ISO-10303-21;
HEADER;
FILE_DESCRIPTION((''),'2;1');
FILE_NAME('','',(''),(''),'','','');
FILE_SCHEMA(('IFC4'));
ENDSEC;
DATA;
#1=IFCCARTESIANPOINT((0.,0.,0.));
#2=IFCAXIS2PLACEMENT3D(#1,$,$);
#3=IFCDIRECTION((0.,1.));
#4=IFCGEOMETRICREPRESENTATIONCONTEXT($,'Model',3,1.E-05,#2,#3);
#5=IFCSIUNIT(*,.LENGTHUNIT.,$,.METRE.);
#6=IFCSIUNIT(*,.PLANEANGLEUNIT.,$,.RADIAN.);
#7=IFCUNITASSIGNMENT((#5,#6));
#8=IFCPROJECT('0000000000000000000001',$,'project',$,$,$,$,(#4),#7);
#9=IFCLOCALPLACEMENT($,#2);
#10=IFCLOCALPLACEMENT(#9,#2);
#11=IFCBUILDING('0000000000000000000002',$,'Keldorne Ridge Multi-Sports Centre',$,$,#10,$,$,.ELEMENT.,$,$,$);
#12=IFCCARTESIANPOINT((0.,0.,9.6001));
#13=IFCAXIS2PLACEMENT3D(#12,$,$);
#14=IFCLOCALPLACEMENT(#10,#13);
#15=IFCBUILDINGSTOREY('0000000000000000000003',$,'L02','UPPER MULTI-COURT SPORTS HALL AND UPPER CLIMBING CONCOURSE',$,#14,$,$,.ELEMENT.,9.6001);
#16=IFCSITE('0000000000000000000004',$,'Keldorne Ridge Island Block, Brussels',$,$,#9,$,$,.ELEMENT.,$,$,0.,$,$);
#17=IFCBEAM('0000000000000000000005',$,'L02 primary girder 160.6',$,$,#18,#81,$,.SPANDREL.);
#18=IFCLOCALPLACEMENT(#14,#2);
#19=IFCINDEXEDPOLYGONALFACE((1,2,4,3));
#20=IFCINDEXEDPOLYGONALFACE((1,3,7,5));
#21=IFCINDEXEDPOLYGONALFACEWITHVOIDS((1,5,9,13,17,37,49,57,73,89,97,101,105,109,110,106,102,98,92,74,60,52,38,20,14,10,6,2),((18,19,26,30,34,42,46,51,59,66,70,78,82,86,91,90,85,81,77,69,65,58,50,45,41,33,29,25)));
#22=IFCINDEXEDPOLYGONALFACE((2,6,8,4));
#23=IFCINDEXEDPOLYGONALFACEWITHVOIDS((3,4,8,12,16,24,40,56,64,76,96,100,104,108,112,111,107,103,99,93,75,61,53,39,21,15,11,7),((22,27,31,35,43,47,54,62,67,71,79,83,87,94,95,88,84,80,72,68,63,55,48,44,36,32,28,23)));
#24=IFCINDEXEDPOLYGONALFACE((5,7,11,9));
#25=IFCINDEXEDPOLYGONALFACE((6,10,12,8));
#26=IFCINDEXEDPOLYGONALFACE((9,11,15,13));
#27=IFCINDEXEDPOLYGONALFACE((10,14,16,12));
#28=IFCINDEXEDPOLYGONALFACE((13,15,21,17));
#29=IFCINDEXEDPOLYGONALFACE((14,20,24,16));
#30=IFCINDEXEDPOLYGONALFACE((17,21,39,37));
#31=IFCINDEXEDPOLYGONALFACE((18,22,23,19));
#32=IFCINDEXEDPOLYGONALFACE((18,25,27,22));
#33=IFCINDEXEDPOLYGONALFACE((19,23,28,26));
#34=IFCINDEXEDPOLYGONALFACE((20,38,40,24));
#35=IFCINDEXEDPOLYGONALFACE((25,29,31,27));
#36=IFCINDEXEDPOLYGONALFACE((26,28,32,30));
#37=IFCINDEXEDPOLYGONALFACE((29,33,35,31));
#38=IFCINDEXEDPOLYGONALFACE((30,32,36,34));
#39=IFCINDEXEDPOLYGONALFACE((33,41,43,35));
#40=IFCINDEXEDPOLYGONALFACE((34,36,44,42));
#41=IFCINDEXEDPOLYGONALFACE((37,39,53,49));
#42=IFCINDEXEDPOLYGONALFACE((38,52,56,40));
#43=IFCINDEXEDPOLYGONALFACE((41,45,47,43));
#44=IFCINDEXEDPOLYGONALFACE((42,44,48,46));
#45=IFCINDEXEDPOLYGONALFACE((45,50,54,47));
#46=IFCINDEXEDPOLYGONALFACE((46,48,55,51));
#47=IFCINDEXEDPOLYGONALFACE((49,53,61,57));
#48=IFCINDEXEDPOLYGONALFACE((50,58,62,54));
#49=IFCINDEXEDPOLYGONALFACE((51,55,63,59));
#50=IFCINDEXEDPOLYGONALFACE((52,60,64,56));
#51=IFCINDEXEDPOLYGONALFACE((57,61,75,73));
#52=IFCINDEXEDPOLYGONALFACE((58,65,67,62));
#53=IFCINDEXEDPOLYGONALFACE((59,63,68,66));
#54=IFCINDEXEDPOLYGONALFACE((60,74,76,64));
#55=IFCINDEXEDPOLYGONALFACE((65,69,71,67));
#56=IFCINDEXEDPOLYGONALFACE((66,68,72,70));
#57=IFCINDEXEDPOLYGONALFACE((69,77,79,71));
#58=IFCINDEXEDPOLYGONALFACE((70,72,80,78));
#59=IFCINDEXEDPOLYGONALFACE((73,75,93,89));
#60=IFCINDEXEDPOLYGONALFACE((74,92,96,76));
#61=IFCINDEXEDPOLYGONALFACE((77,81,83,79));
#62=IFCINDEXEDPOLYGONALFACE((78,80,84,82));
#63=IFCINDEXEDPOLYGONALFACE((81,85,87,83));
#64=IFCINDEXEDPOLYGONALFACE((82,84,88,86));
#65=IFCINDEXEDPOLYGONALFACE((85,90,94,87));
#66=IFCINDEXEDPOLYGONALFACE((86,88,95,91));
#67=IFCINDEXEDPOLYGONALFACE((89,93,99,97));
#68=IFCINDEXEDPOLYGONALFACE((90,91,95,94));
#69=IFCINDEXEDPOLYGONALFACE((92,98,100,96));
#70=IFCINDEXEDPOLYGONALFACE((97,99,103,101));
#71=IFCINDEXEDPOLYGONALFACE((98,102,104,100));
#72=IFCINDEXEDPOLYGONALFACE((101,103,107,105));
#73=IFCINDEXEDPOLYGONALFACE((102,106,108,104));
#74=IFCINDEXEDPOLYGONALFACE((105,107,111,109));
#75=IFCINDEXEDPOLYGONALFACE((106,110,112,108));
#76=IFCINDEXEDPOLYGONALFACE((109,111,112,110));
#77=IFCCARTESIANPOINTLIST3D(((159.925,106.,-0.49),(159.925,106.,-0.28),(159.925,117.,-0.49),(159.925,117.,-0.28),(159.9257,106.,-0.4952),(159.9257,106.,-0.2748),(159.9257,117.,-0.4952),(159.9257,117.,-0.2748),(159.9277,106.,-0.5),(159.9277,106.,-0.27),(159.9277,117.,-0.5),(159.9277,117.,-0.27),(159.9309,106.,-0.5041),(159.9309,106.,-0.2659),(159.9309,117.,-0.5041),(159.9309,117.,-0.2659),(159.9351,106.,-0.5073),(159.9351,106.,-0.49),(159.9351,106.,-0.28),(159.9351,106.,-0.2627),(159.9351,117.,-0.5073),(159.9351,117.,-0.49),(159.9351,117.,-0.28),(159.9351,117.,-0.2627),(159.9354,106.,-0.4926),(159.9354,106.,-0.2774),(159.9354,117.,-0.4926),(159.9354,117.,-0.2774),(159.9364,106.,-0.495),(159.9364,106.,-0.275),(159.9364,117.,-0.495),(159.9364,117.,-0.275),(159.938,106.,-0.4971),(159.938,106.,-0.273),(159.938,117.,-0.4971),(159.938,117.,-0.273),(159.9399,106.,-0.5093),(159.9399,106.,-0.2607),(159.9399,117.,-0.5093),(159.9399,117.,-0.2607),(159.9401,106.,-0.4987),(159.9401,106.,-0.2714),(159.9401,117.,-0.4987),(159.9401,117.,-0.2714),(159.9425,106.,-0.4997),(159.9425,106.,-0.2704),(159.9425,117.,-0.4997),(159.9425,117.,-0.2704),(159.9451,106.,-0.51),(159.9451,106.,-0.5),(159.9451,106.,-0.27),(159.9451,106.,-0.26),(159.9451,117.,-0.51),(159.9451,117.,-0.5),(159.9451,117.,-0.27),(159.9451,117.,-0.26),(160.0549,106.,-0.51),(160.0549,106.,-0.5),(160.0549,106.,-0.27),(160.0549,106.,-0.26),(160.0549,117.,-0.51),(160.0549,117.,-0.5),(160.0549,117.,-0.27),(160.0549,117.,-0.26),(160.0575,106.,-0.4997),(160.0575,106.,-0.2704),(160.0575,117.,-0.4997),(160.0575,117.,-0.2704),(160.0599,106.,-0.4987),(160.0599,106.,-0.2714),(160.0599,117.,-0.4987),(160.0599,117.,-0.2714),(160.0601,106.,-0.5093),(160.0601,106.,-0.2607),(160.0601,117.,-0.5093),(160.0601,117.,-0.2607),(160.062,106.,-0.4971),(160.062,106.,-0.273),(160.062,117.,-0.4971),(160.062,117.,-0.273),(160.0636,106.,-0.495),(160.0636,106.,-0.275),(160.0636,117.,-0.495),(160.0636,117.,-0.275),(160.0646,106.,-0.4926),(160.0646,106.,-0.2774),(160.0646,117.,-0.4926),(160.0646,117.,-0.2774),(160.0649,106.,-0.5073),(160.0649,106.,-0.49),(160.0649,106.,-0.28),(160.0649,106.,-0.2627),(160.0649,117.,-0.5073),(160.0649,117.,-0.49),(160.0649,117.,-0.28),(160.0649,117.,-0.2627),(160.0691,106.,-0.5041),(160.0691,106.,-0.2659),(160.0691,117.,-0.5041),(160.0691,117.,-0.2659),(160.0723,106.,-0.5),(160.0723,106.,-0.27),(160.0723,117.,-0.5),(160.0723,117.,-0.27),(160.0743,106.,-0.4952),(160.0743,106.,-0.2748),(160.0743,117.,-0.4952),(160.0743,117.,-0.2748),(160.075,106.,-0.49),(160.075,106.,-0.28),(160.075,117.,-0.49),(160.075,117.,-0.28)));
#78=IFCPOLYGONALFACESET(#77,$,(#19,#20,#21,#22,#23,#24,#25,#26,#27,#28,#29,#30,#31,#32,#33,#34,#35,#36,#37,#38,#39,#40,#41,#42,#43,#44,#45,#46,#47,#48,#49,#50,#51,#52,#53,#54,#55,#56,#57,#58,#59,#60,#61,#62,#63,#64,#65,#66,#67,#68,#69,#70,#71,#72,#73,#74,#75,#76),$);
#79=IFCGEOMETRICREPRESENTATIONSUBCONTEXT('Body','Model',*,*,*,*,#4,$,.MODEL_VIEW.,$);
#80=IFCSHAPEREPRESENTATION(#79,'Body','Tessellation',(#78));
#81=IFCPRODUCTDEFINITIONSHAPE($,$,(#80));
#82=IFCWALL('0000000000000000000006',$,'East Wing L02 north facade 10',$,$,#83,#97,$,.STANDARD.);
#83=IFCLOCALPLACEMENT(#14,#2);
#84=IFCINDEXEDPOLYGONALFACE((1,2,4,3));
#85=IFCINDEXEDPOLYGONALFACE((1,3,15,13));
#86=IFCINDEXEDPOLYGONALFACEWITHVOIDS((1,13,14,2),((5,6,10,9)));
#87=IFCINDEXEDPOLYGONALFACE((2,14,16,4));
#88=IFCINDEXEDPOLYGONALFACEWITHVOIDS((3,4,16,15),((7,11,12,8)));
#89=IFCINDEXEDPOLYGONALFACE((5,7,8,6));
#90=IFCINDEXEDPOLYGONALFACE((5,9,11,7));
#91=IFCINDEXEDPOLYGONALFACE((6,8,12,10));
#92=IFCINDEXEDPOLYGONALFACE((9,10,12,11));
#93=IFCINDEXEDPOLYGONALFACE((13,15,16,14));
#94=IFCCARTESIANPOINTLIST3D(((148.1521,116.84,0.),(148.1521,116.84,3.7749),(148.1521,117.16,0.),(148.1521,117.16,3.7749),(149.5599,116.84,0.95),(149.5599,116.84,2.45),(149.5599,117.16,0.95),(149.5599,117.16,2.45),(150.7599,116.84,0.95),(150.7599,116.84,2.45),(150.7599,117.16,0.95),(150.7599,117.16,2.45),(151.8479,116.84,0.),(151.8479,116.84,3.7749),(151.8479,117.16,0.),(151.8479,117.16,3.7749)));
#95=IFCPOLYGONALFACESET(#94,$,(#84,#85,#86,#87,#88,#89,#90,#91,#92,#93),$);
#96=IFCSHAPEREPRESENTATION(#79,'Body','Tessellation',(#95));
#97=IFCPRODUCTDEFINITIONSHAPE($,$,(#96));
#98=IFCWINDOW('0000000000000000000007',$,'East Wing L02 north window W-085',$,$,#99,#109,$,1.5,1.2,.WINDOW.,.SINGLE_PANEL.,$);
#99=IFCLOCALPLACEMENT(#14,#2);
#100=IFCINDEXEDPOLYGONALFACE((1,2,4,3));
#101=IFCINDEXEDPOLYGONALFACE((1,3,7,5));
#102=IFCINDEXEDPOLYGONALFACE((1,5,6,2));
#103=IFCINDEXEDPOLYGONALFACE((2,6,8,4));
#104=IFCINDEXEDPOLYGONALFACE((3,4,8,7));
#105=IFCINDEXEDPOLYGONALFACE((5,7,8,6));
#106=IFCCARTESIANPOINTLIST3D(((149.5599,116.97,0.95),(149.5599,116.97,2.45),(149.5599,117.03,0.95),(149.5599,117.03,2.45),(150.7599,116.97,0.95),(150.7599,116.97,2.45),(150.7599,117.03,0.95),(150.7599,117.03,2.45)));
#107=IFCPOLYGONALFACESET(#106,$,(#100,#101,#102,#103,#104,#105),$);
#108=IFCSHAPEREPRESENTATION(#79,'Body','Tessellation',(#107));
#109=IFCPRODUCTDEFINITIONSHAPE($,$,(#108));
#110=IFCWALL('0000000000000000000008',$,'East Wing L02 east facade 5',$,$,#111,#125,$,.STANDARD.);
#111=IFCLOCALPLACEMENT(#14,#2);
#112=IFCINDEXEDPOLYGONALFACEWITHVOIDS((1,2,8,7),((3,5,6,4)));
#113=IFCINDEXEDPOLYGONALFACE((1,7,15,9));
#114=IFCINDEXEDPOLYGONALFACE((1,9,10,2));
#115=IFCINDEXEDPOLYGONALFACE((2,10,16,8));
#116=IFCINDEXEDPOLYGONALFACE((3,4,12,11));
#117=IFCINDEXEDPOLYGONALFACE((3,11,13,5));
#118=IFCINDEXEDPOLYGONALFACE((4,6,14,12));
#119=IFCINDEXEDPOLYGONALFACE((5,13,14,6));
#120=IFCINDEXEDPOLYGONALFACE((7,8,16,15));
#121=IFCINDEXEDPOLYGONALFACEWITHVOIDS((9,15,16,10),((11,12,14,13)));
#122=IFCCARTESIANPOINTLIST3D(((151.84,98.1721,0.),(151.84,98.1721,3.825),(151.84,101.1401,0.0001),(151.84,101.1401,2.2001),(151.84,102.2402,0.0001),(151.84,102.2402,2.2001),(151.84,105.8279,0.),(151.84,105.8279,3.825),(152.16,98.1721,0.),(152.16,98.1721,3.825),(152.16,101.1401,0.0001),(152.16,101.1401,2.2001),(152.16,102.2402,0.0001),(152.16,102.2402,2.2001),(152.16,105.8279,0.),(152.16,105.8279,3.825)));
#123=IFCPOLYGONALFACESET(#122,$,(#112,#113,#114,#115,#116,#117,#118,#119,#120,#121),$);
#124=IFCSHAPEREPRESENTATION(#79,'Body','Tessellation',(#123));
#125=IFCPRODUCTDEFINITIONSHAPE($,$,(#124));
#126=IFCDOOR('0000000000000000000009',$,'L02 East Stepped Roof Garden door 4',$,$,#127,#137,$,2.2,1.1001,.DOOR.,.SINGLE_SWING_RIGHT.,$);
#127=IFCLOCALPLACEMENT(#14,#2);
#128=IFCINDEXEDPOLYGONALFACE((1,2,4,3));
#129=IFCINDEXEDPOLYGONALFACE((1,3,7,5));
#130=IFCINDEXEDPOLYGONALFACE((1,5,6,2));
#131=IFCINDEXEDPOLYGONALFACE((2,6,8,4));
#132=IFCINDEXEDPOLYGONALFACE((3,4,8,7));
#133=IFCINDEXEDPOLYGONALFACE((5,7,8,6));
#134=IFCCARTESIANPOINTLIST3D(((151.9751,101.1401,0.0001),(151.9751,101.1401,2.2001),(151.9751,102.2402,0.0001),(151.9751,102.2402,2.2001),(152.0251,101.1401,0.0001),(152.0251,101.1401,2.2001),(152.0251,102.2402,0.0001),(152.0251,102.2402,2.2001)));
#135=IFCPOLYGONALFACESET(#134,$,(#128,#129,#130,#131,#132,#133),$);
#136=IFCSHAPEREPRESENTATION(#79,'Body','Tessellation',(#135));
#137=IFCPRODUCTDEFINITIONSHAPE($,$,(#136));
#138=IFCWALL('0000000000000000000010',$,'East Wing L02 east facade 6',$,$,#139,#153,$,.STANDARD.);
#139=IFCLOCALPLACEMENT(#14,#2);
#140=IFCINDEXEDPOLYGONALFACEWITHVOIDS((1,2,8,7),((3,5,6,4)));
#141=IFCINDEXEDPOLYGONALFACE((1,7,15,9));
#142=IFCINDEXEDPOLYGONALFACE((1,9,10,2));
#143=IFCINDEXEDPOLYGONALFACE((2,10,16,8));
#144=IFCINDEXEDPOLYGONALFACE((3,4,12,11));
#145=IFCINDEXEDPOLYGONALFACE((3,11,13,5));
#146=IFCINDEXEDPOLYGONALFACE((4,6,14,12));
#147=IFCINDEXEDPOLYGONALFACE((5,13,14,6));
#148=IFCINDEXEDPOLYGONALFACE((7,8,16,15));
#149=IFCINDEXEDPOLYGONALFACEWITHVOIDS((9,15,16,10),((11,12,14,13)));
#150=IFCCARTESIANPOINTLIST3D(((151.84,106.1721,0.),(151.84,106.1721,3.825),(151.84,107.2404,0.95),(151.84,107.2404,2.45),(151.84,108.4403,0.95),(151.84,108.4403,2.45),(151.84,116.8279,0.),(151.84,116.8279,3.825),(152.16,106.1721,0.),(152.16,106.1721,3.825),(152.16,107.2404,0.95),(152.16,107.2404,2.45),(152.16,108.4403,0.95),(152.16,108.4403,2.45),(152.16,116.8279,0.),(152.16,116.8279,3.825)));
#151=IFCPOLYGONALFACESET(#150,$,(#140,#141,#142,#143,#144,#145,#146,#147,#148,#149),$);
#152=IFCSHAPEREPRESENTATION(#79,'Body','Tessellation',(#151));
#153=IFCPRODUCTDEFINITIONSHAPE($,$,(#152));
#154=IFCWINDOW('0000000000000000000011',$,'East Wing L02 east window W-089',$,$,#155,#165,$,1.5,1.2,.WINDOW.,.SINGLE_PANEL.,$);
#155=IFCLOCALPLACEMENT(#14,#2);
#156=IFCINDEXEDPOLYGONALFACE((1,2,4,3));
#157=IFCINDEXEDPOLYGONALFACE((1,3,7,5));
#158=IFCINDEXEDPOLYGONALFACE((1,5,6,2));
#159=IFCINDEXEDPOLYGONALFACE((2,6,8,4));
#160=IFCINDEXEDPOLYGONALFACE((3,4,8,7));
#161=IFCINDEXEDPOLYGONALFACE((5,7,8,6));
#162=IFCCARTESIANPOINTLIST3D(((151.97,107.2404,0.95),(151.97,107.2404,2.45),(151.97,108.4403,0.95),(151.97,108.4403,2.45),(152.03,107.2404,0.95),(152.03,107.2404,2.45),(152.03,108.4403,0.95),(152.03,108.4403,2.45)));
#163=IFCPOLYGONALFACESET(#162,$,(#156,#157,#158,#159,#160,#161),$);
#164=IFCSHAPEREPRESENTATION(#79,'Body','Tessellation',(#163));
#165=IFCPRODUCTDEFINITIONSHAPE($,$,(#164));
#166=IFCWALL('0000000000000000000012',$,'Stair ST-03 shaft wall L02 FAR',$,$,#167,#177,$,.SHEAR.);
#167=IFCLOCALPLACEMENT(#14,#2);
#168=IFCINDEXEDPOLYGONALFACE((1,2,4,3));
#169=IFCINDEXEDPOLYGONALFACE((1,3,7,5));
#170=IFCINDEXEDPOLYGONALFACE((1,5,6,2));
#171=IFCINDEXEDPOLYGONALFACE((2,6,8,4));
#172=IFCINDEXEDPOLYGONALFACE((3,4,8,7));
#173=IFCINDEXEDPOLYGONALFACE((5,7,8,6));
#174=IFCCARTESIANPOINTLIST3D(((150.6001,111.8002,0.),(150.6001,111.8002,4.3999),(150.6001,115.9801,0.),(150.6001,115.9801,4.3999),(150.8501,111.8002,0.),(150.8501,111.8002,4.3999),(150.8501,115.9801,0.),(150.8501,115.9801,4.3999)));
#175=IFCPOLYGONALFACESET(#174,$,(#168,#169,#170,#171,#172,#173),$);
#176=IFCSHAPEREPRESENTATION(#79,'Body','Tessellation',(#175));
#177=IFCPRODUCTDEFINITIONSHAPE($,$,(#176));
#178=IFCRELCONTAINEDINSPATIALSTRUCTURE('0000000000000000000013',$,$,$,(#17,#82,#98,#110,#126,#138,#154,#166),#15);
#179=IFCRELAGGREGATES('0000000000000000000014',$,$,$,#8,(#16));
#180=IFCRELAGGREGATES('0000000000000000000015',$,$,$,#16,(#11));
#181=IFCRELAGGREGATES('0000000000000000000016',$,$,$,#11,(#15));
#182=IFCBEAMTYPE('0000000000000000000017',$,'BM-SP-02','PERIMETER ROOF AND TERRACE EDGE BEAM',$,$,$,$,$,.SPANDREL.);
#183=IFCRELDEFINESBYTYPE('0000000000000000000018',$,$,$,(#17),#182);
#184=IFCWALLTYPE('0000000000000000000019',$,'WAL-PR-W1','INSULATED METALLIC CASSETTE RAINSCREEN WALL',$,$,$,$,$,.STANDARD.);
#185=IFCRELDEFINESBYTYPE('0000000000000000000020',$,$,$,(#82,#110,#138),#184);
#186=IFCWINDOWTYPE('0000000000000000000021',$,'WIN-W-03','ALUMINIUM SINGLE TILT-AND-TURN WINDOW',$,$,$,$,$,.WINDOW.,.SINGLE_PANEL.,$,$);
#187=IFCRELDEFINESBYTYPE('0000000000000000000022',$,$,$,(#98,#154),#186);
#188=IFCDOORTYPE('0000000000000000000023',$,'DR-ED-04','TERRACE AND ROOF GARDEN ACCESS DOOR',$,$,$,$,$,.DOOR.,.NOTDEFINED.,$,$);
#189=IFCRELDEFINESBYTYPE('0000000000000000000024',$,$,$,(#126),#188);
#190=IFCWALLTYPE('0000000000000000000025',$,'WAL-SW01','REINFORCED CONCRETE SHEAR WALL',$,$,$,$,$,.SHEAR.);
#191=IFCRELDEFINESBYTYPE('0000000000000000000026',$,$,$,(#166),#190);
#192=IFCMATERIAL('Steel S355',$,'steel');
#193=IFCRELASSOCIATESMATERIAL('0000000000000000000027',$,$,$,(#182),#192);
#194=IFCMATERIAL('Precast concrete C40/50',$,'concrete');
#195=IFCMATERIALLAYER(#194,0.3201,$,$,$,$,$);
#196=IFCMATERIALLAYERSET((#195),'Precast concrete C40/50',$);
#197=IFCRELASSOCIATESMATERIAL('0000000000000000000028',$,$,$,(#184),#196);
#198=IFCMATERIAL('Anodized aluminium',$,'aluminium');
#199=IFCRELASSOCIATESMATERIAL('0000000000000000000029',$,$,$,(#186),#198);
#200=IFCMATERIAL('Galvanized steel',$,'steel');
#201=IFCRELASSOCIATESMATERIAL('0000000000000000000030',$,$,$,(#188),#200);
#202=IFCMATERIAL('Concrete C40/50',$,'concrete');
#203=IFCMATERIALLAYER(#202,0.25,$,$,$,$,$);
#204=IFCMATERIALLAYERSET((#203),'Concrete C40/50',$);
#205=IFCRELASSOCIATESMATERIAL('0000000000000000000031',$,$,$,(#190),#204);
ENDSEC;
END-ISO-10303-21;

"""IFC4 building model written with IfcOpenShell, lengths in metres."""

from ifc_helpers import new_model, si_unit, direction, frame, frame_2d, origin, origin_2d, place, context, subcontext, project, spatial, rectangle, hollow_rectangle, extrude, material, layer, layer_set, material_profile, profile_set, type_object, element, fill, save


model = new_model("IFC4")

# Units and contexts
model_context = context("Model", 3, precision=1e-05, world=origin(), true_north=direction((0.0, 1.0)))
body_context = subcontext(model_context, "Body", "Model", "MODEL_VIEW")
ifc_project = project(units=[si_unit("LENGTHUNIT", "METRE"), si_unit("PLANEANGLEUNIT", "RADIAN")], contexts=[model_context])

# Site, building, storey
site_placement = place(None, origin())
site = spatial("IfcSite", under=ifc_project, at=site_placement, Name="Keldorne Ridge Island Block, Brussels", CompositionType="ELEMENT", RefElevation=0.0)
building_placement = place(site_placement, origin())
building = spatial("IfcBuilding", under=site, at=building_placement, Name="Keldorne Ridge Multi-Sports Centre", CompositionType="ELEMENT")
storey_placement = place(building_placement, frame((0.0, 0.0, 9.6001)))
storey = spatial("IfcBuildingStorey", under=building, at=storey_placement, Name="L02", Description="UPPER MULTI-COURT SPORTS HALL AND UPPER CLIMBING CONCOURSE", CompositionType="ELEMENT", Elevation=9.6001)

# Shared definitions
ifc_material_1 = material(Name="Steel S355", Category="steel")

# Beam
ifc_material_profile_1 = material_profile(ifc_material_1, hollow_rectangle(XDim=0.1499, YDim=0.25, WallThickness=0.01, InnerFilletRadius=0.01, OuterFilletRadius=0.02, at=origin_2d()), Name="RHS 250x150x10")
ifc_profile_set_1 = profile_set([ifc_material_profile_1], Name="Steel S355")
beam_type_1 = type_object("IfcBeamType", Name="BM-SP-02", Description="PERIMETER ROOF AND TERRACE EDGE BEAM", PredefinedType="SPANDREL", material=ifc_profile_set_1)
beam_1_placement = place(storey_placement, frame((160.0, 106.0, -0.385), z_axis=(0.0, 1.0, 0.0), x_axis=(-1.0, 0.0, 0.0)))
element("IfcBeam", 1, at=beam_1_placement, inside=storey, type_object=beam_type_1, Name="L02 primary girder 160.6", PredefinedType="SPANDREL", context=body_context, shape_type="SweptSolid", body=[
    extrude(hollow_rectangle(XDim=0.1499, YDim=0.25, WallThickness=0.01, InnerFilletRadius=0.01, OuterFilletRadius=0.02, at=origin_2d()), origin(), (0.0, 0.0, 1.0), 11.0),
])

# Wall, opening, window
ifc_material_2 = material(Name="Precast concrete C40/50", Category="concrete")
ifc_layer_1 = layer(ifc_material_2, 0.3201)
ifc_layer_set_1 = layer_set([ifc_layer_1], Name="Precast concrete C40/50")
wall_type_1 = type_object("IfcWallType", Name="WAL-PR-W1", Description="INSULATED METALLIC CASSETTE RAINSCREEN WALL", PredefinedType="STANDARD", material=ifc_layer_set_1)
wall_1_placement = place(storey_placement, frame((151.8479, 117.0, 0.0), z_axis=(0.0, 0.0, 1.0), x_axis=(-1.0, 0.0, 0.0)))
wall_1 = element("IfcWall", 2, at=wall_1_placement, inside=storey, type_object=wall_type_1, Name="East Wing L02 north facade 10", PredefinedType="STANDARD", context=body_context, shape_type="SweptSolid", body=[
    extrude(rectangle(XDim=3.6958, YDim=0.3201, at=frame_2d((1.8479, 0.0))), origin(), (0.0, 0.0, 1.0), 3.7749),
])
opening_1_placement = place(wall_1_placement, frame((1.0879, 0.0, 0.95)))
opening_1 = element("IfcOpeningElement", 3, at=opening_1_placement, cuts=wall_1, PredefinedType="OPENING", context=body_context, shape_type="SweptSolid", body=[
    extrude(rectangle(XDim=1.2, YDim=1.5, at=frame_2d((0.6001, 0.75))), frame((0.0, 0.1699, 0.0), z_axis=(0.0, -1.0, 0.0), x_axis=(1.0, 0.0, 0.0)), (0.0, 0.0, 1.0), 0.3401),
])
ifc_material_3 = material(Name="Anodized aluminium", Category="aluminium")
window_type = type_object("IfcWindowType", Name="WIN-W-03", Description="ALUMINIUM SINGLE TILT-AND-TURN WINDOW", PartitioningType="SINGLE_PANEL", PredefinedType="WINDOW", material=ifc_material_3)
window_1_placement = place(opening_1_placement, origin())
window_1 = element("IfcWindow", 4, at=window_1_placement, inside=storey, type_object=window_type, Name="East Wing L02 north window W-085", OverallHeight=1.5, OverallWidth=1.2, PartitioningType="SINGLE_PANEL", PredefinedType="WINDOW", context=body_context, shape_type="SweptSolid", body=[
    extrude(rectangle(XDim=1.2, YDim=1.5, at=frame_2d((0.6001, 0.75))), frame((0.0, 0.03, 0.0), z_axis=(0.0, -1.0, 0.0), x_axis=(1.0, 0.0, 0.0)), (0.0, 0.0, 1.0), 0.0601),
])
fill(opening_1, window_1)

# Wall, opening, door
wall_2_placement = place(storey_placement, frame((152.0, 98.1721, 0.0), z_axis=(0.0, 0.0, 1.0), x_axis=(0.0, 1.0, 0.0)))
wall_2 = element("IfcWall", 5, at=wall_2_placement, inside=storey, type_object=wall_type_1, Name="East Wing L02 east facade 5", PredefinedType="STANDARD", context=body_context, shape_type="SweptSolid", body=[
    extrude(rectangle(XDim=7.6558, YDim=0.3201, at=frame_2d((3.8279, 0.0))), origin(), (0.0, 0.0, 1.0), 3.825),
])
opening_2_placement = place(wall_2_placement, frame((2.968, 0.0, 0.0)))
opening_2 = element("IfcOpeningElement", 6, at=opening_2_placement, cuts=wall_2, PredefinedType="OPENING", context=body_context, shape_type="SweptSolid", body=[
    extrude(rectangle(XDim=1.1001, YDim=2.2, at=frame_2d((0.55, 1.1001))), frame((0.0, 0.1699, 0.0), z_axis=(0.0, -1.0, 0.0), x_axis=(1.0, 0.0, 0.0)), (0.0, 0.0, 1.0), 0.3401),
])
ifc_material_4 = material(Name="Galvanized steel", Category="steel")
door_type = type_object("IfcDoorType", Name="DR-ED-04", Description="TERRACE AND ROOF GARDEN ACCESS DOOR", OperationType="NOTDEFINED", PredefinedType="DOOR", material=ifc_material_4)
door_placement = place(opening_2_placement, origin())
door = element("IfcDoor", 7, at=door_placement, inside=storey, type_object=door_type, Name="L02 East Stepped Roof Garden door 4", OperationType="SINGLE_SWING_RIGHT", OverallHeight=2.2, OverallWidth=1.1001, PredefinedType="DOOR", context=body_context, shape_type="SweptSolid", body=[
    extrude(rectangle(XDim=1.1001, YDim=2.2, at=frame_2d((0.55, 1.1001))), frame((0.0, 0.0249, 0.0), z_axis=(0.0, -1.0, 0.0), x_axis=(1.0, 0.0, 0.0)), (0.0, 0.0, 1.0), 0.05),
])
fill(opening_2, door)

# Wall, opening, window
wall_3_placement = place(storey_placement, frame((152.0, 106.1721, 0.0), z_axis=(0.0, 0.0, 1.0), x_axis=(0.0, 1.0, 0.0)))
wall_3 = element("IfcWall", 8, at=wall_3_placement, inside=storey, type_object=wall_type_1, Name="East Wing L02 east facade 6", PredefinedType="STANDARD", context=body_context, shape_type="SweptSolid", body=[
    extrude(rectangle(XDim=10.6558, YDim=0.3201, at=frame_2d((5.3279, 0.0))), origin(), (0.0, 0.0, 1.0), 3.825),
])
opening_3_placement = place(wall_3_placement, frame((1.0681, 0.0, 0.95)))
opening_3 = element("IfcOpeningElement", 9, at=opening_3_placement, cuts=wall_3, PredefinedType="OPENING", context=body_context, shape_type="SweptSolid", body=[
    extrude(rectangle(XDim=1.2, YDim=1.5, at=frame_2d((0.6001, 0.75))), frame((0.0, 0.1699, 0.0), z_axis=(0.0, -1.0, 0.0), x_axis=(1.0, 0.0, 0.0)), (0.0, 0.0, 1.0), 0.3401),
])
window_2_placement = place(opening_3_placement, origin())
window_2 = element("IfcWindow", 10, at=window_2_placement, inside=storey, type_object=window_type, Name="East Wing L02 east window W-089", OverallHeight=1.5, OverallWidth=1.2, PartitioningType="SINGLE_PANEL", PredefinedType="WINDOW", context=body_context, shape_type="SweptSolid", body=[
    extrude(rectangle(XDim=1.2, YDim=1.5, at=frame_2d((0.6001, 0.75))), frame((0.0, 0.03, 0.0), z_axis=(0.0, -1.0, 0.0), x_axis=(1.0, 0.0, 0.0)), (0.0, 0.0, 1.0), 0.0601),
])
fill(opening_3, window_2)

# Wall
ifc_material_5 = material(Name="Concrete C40/50", Category="concrete")
ifc_layer_2 = layer(ifc_material_5, 0.25)
ifc_layer_set_2 = layer_set([ifc_layer_2], Name="Concrete C40/50")
wall_type_2 = type_object("IfcWallType", Name="WAL-SW01", Description="REINFORCED CONCRETE SHEAR WALL", PredefinedType="SHEAR", material=ifc_layer_set_2)
wall_4_placement = place(storey_placement, frame((150.7251, 115.98, 0.0), z_axis=(0.0, 0.0, 1.0), x_axis=(0.0, -1.0, 0.0)))
element("IfcWall", 11, at=wall_4_placement, inside=storey, type_object=wall_type_2, Name="Stair ST-03 shaft wall L02 FAR", PredefinedType="SHEAR", context=body_context, shape_type="SweptSolid", body=[
    extrude(rectangle(XDim=4.1799, YDim=0.25, at=frame_2d((2.0898, 0.0))), origin(), (0.0, 0.0, 1.0), 4.3999),
])

save(model, "model.ifc")
